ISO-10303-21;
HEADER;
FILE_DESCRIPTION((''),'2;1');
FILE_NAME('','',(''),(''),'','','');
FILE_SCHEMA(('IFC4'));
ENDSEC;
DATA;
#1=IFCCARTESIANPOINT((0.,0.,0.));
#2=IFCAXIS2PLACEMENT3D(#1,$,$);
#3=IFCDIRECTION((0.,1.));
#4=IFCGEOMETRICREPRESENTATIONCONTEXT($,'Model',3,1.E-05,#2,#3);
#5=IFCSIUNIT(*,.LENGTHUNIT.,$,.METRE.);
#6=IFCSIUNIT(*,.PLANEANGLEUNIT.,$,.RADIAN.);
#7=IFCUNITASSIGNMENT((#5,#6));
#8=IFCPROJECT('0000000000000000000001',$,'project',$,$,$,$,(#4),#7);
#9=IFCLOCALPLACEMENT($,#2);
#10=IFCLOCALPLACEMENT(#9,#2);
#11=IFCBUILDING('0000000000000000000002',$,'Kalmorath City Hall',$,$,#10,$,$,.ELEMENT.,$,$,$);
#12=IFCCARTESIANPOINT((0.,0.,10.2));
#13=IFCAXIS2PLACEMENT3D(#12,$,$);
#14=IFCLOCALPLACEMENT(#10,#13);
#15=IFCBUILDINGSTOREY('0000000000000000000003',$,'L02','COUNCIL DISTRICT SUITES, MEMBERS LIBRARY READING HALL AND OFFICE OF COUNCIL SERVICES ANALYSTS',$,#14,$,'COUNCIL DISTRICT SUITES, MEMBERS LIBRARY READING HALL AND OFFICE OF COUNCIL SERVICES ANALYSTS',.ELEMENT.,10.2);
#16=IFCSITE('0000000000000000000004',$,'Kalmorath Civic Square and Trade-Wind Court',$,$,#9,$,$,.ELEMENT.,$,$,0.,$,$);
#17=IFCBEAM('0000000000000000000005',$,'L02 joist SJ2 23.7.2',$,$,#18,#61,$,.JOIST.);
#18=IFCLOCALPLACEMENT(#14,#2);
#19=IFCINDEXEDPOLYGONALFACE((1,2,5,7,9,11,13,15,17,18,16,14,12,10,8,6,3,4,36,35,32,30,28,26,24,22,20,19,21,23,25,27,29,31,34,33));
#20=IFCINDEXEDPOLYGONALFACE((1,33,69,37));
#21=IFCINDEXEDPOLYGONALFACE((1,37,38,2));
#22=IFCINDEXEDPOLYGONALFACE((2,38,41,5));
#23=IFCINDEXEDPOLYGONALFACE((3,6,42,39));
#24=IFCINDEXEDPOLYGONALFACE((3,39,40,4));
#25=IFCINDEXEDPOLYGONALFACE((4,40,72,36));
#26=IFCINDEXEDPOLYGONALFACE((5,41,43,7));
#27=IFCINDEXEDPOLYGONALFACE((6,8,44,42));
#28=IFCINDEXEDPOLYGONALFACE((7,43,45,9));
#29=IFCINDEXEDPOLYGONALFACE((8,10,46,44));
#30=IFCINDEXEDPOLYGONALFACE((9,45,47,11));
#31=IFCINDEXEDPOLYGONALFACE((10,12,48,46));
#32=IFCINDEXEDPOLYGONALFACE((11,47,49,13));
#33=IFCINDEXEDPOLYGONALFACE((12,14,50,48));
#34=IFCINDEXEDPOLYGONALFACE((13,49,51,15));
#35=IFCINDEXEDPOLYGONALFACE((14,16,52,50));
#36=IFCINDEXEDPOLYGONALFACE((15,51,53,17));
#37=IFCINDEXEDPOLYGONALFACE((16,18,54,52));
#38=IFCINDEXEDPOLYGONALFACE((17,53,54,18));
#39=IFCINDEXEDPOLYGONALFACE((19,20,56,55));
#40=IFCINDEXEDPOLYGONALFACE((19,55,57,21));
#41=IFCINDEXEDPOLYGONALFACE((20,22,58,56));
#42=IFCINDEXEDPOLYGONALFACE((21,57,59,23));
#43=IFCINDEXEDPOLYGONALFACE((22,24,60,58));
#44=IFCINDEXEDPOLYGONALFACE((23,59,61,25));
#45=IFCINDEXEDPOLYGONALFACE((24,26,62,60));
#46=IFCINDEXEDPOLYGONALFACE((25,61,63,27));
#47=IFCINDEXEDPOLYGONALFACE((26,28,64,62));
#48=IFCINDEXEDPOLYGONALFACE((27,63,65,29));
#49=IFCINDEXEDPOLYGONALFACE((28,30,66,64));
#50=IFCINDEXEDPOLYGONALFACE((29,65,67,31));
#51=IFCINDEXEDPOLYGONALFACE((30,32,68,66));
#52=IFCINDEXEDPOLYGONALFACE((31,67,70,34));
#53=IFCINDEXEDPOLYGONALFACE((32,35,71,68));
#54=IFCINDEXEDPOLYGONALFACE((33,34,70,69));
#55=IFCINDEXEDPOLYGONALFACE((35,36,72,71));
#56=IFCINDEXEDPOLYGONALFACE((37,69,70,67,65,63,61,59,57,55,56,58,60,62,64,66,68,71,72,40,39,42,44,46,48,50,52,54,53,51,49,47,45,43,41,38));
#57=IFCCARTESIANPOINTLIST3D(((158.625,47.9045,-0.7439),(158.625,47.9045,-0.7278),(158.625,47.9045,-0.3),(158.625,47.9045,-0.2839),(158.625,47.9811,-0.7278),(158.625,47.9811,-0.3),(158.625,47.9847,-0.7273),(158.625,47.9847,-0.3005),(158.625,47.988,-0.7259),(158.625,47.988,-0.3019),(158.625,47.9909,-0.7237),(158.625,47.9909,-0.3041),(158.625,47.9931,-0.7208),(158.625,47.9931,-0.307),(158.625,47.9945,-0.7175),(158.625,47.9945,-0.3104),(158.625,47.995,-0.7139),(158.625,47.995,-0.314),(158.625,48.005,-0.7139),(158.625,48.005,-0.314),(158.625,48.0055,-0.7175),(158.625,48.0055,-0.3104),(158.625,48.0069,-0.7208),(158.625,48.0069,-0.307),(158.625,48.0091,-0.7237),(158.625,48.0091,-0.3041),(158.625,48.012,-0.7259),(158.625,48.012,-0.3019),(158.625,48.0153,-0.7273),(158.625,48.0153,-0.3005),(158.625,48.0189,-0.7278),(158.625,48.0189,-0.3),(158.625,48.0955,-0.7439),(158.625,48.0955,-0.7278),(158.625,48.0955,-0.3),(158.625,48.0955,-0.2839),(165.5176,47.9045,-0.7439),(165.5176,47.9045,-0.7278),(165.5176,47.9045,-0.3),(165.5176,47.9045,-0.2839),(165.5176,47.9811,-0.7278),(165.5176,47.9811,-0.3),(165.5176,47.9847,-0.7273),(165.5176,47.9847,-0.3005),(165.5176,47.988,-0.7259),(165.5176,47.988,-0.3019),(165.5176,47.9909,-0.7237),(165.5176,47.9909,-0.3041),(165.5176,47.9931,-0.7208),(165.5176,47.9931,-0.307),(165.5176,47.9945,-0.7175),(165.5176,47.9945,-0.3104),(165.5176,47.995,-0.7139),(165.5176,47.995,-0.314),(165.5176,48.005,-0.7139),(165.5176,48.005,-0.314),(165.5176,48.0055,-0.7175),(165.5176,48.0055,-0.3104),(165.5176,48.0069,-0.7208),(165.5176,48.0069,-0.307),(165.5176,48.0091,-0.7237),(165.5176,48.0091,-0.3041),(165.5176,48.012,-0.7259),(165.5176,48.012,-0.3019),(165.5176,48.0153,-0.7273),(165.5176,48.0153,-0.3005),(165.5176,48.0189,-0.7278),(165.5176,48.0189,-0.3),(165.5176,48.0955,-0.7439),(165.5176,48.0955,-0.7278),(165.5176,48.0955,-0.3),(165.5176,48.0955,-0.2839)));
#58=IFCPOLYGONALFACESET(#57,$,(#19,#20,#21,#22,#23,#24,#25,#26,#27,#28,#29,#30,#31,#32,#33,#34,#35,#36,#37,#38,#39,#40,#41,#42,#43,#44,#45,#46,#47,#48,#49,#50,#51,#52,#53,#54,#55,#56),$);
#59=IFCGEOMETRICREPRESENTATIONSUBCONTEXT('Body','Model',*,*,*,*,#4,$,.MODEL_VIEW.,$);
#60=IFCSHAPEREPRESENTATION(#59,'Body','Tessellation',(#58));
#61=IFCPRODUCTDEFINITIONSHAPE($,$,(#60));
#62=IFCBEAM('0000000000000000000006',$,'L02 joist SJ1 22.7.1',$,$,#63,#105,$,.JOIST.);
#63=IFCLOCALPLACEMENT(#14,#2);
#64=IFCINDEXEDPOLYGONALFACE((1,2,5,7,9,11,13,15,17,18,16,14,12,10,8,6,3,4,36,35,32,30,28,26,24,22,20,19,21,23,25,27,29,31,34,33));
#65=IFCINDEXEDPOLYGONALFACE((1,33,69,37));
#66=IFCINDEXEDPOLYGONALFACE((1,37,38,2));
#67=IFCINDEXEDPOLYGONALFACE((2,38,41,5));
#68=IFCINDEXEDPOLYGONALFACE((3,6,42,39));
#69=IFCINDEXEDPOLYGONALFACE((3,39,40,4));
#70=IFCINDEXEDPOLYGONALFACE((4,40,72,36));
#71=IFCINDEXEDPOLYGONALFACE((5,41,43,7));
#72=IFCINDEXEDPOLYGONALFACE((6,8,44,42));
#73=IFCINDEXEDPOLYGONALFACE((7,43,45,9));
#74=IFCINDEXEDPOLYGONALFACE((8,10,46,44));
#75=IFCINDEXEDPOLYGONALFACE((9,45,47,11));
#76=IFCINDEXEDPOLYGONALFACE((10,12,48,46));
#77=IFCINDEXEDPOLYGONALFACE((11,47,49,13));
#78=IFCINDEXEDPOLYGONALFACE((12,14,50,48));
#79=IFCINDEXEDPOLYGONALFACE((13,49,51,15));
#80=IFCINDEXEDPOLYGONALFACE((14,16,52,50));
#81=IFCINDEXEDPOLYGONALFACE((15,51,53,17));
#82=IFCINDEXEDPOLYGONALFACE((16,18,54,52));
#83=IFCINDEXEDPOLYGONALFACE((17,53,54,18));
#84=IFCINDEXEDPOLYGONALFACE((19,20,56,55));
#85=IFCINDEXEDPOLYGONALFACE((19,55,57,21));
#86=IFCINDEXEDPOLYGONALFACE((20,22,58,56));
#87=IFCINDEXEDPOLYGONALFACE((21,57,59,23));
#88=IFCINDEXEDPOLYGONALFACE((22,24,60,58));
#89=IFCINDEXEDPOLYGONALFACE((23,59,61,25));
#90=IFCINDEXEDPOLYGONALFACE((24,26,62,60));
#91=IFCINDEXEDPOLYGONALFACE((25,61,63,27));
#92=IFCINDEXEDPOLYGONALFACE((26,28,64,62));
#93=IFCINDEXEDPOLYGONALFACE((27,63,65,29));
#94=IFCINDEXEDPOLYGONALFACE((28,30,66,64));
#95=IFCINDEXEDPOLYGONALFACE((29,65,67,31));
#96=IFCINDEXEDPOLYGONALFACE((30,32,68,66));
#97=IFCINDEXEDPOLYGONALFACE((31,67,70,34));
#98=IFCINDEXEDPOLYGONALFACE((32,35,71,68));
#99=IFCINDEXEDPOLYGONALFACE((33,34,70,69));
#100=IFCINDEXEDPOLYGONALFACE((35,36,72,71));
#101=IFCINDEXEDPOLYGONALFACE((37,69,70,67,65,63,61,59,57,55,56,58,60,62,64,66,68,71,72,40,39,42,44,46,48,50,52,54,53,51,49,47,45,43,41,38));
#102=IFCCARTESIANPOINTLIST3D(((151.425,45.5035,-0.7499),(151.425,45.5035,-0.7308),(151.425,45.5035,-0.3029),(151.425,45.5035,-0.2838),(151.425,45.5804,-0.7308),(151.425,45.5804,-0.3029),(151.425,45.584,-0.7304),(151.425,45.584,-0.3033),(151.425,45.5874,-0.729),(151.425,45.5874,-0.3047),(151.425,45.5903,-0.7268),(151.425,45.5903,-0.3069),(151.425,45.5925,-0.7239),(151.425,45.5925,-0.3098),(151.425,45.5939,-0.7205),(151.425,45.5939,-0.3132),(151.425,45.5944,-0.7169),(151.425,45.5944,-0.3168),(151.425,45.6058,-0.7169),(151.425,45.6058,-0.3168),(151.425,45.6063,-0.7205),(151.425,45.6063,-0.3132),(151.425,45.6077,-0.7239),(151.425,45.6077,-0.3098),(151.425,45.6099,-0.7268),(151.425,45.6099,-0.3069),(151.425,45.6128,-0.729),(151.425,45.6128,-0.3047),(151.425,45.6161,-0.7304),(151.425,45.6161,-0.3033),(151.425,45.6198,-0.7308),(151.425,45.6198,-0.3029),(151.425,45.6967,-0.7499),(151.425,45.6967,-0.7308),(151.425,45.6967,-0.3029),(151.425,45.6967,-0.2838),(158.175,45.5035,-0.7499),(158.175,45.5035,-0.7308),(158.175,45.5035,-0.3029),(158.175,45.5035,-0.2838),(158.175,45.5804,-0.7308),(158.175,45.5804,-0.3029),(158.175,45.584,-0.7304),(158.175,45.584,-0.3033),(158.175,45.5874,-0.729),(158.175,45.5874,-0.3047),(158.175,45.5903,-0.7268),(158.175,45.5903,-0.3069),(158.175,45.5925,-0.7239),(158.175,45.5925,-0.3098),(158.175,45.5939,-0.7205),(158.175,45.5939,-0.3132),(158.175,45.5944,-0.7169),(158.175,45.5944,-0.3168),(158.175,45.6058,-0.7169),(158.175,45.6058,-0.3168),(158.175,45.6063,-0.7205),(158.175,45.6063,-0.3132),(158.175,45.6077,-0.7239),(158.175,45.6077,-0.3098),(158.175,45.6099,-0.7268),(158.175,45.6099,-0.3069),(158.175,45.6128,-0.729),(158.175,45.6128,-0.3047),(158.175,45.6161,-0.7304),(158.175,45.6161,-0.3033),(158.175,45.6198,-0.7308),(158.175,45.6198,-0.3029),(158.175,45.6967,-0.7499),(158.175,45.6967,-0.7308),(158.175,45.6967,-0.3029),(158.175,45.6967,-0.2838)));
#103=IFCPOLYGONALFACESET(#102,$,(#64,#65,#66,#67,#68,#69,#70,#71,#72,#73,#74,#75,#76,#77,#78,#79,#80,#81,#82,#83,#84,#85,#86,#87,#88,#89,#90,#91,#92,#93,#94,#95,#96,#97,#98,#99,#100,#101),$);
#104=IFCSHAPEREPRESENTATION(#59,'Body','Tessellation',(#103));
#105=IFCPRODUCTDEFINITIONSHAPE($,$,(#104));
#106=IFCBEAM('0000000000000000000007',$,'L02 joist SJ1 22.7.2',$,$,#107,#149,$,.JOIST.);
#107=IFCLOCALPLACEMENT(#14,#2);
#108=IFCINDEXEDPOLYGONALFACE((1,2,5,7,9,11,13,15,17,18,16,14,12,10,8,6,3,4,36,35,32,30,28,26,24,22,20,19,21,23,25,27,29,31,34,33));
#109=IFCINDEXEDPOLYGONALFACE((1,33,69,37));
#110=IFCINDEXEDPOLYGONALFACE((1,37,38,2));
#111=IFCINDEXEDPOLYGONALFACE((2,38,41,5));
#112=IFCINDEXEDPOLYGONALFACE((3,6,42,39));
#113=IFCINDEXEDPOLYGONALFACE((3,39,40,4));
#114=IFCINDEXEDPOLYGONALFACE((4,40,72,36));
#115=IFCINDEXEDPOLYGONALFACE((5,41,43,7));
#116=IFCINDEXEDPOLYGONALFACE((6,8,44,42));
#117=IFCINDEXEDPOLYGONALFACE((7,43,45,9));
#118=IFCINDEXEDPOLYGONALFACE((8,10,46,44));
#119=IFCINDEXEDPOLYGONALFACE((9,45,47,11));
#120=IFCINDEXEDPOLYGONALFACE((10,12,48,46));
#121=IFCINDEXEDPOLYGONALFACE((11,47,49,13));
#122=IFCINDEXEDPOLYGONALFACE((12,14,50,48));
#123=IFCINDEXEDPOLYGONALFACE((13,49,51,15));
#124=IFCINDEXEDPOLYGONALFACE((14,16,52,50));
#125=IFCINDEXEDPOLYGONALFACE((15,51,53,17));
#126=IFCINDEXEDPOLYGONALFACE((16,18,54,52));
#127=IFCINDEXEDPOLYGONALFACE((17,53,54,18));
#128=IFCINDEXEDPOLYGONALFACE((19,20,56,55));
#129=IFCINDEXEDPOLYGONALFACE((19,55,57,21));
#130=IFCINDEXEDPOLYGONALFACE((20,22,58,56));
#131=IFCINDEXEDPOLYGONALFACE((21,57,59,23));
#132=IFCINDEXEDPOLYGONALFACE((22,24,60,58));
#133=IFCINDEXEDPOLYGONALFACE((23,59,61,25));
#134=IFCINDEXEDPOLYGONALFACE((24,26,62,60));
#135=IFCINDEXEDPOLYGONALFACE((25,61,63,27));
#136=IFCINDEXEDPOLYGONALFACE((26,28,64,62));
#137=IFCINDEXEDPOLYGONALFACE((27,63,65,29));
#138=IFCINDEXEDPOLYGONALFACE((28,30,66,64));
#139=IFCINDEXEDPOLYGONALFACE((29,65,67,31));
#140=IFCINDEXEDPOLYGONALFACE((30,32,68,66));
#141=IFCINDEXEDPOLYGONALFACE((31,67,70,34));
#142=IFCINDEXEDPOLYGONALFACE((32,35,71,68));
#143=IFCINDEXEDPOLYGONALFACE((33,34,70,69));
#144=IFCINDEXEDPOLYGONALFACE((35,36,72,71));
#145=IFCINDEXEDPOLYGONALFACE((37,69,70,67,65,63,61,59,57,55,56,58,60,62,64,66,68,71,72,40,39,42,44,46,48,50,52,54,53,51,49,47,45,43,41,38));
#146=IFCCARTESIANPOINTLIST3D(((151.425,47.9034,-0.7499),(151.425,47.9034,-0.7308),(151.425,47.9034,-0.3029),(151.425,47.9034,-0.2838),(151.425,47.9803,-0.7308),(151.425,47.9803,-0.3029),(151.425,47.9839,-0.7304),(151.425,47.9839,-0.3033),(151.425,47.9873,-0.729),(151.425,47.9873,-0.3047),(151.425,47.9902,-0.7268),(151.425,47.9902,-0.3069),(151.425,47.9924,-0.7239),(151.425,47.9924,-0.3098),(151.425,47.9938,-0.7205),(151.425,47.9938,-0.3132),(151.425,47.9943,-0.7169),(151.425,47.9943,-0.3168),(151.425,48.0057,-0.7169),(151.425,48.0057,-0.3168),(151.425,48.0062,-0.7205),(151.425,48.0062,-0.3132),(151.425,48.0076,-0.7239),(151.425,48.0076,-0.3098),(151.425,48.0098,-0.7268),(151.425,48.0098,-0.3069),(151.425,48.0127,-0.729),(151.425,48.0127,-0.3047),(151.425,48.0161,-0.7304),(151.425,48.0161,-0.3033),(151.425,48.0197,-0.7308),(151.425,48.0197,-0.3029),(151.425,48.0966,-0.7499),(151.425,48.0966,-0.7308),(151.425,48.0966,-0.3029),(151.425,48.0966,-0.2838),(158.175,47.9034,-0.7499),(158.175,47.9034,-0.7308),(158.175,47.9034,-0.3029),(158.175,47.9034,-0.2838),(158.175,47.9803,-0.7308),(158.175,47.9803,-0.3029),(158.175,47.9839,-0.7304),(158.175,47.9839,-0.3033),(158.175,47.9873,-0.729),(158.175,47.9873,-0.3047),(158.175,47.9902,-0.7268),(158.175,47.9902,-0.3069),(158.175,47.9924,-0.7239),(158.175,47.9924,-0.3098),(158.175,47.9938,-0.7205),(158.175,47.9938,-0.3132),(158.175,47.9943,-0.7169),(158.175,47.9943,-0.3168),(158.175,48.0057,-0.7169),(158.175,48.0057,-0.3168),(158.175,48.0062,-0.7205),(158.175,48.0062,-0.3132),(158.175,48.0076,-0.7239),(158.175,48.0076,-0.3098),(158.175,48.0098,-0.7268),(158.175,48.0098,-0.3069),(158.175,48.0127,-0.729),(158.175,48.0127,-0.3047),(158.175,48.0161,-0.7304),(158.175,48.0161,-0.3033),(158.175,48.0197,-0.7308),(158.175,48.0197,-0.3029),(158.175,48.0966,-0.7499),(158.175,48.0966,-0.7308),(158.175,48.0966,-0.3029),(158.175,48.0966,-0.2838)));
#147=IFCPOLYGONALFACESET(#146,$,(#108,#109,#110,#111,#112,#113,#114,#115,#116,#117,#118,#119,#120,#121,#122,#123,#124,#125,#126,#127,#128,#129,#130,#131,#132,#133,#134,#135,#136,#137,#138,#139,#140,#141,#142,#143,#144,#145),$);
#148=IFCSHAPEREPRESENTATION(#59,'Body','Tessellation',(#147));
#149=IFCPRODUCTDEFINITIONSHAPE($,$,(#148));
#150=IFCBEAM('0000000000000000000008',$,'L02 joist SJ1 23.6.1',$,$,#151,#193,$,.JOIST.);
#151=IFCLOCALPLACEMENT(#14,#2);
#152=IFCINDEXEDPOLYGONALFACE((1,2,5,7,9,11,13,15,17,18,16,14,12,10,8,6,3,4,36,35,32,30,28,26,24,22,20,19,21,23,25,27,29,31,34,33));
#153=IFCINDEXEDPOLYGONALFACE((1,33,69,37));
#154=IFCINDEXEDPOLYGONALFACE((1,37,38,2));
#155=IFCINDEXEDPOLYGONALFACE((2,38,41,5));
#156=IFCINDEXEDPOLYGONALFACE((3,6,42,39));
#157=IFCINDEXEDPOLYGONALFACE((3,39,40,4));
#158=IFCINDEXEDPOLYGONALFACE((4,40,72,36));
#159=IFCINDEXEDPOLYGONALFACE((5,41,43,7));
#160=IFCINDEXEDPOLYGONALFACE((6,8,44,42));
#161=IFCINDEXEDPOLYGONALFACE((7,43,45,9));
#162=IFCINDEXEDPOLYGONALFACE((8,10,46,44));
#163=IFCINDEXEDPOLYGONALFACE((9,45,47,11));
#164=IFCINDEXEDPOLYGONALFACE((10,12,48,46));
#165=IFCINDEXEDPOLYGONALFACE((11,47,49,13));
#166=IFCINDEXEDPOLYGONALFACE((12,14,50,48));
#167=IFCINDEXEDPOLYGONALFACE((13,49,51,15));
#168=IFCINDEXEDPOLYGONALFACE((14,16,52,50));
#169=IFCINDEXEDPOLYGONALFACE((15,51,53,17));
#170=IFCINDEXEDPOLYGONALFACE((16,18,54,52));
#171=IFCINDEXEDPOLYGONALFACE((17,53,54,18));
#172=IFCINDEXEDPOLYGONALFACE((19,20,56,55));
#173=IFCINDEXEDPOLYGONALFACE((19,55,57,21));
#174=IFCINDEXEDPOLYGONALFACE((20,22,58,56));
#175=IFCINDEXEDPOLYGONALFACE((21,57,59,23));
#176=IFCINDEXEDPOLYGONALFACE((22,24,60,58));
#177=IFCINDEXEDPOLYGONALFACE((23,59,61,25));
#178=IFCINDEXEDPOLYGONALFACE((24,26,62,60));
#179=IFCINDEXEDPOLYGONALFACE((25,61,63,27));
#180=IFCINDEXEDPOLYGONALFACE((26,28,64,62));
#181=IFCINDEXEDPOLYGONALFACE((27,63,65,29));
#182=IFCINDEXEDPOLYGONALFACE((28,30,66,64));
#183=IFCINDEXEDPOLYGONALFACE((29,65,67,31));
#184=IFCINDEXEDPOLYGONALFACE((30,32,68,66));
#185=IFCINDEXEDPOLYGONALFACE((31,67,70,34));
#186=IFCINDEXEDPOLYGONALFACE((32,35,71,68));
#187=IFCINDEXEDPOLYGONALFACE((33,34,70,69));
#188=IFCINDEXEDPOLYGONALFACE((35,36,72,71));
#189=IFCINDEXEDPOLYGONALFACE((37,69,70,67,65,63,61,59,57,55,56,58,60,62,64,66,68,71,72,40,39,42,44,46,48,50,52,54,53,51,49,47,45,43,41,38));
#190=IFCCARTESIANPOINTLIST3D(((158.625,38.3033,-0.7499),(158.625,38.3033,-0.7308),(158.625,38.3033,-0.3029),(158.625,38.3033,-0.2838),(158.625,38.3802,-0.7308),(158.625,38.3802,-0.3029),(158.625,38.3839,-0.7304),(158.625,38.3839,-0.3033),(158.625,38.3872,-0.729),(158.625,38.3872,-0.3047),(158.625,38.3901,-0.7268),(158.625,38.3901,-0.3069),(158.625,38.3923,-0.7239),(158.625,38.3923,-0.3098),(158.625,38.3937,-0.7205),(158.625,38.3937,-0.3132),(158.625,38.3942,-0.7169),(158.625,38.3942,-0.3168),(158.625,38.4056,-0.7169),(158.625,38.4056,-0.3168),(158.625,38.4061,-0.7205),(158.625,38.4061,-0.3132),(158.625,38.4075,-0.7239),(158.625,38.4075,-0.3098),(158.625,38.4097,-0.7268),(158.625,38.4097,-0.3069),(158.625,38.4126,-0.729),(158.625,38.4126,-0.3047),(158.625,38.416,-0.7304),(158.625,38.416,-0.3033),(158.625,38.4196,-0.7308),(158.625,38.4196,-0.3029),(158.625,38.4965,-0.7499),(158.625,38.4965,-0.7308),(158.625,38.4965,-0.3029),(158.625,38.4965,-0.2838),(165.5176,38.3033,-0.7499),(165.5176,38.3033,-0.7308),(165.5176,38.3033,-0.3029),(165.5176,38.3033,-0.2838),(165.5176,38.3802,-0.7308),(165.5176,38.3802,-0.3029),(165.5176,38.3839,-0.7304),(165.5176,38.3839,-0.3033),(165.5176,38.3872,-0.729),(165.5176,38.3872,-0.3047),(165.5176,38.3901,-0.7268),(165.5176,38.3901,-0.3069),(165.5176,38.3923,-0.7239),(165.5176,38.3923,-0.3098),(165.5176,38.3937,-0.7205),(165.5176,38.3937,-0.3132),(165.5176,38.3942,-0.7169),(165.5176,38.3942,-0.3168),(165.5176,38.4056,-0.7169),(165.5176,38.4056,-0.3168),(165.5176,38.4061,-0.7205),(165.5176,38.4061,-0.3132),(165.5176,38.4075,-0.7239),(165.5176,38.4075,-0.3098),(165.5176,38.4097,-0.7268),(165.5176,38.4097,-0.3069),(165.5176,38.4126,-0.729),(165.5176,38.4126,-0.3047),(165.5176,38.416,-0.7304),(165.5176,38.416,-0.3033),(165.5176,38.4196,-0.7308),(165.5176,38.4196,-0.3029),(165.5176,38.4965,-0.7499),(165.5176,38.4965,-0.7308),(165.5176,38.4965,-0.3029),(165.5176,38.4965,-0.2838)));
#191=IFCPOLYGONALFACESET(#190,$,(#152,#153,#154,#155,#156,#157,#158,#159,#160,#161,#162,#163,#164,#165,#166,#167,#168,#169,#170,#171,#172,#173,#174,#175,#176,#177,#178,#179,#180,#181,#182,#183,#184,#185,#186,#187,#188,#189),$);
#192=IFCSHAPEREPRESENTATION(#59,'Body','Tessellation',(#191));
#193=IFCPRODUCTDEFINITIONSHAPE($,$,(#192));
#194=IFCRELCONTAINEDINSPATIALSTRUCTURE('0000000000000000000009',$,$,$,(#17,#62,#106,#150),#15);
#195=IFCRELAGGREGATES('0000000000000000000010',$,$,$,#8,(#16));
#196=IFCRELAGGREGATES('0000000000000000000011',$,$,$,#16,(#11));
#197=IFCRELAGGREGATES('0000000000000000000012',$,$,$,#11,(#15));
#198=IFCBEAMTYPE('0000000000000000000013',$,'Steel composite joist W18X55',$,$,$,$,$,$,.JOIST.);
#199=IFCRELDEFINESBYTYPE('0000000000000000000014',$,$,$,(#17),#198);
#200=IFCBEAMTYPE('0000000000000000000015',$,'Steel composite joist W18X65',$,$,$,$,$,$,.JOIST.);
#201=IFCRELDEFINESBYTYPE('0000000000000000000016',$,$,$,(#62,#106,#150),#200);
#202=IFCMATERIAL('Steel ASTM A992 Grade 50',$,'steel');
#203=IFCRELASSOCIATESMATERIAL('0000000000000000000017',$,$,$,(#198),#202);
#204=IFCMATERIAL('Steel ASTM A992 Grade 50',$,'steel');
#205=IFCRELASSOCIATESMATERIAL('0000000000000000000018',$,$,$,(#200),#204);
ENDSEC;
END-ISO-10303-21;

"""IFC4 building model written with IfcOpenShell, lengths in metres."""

from ifc_helpers import new_model, si_unit, direction, frame, origin, origin_2d, place, context, subcontext, project, spatial, i_section, extrude, material, material_profile, profile_set, type_object, element, save


model = new_model("IFC4")

# Units and contexts
model_context = context("Model", 3, precision=1e-05, world=origin(), true_north=direction((0.0, 1.0)))
body_context = subcontext(model_context, "Body", "Model", "MODEL_VIEW")
ifc_project = project(units=[si_unit("LENGTHUNIT", "METRE"), si_unit("PLANEANGLEUNIT", "RADIAN")], contexts=[model_context])

# Site, building, storey
site_placement = place(None, origin())
site = spatial("IfcSite", under=ifc_project, at=site_placement, Name="Kalmorath Civic Square and Trade-Wind Court", CompositionType="ELEMENT", RefElevation=0.0)
building_placement = place(site_placement, origin())
building = spatial("IfcBuilding", under=site, at=building_placement, Name="Kalmorath City Hall", CompositionType="ELEMENT")
storey_placement = place(building_placement, frame((0.0, 0.0, 10.2)))
storey = spatial("IfcBuildingStorey", under=building, at=storey_placement, Name="L02", Description="COUNCIL DISTRICT SUITES, MEMBERS LIBRARY READING HALL AND OFFICE OF COUNCIL SERVICES ANALYSTS", LongName="COUNCIL DISTRICT SUITES, MEMBERS LIBRARY READING HALL AND OFFICE OF COUNCIL SERVICES ANALYSTS", CompositionType="ELEMENT", Elevation=10.2)

# Beams
ifc_material_1 = material(Name="Steel ASTM A992 Grade 50", Category="steel")
ifc_material_profile_1 = material_profile(ifc_material_1, i_section(OverallWidth=0.1909, OverallDepth=0.46, WebThickness=0.01, FlangeThickness=0.0161, FilletRadius=0.0139, at=origin_2d()), Name="W18X55")
ifc_profile_set_1 = profile_set([ifc_material_profile_1], Name="Steel ASTM A992 Grade 50")
beam_type_1 = type_object("IfcBeamType", Name="Steel composite joist W18X55", PredefinedType="JOIST", material=ifc_profile_set_1)
for number, where, z_axis, x_axis, name in (
    (1, (158.625, 48.0, -0.5139), (1.0, 0.0, 0.0), (0.0, 1.0, 0.0), "L02 joist SJ2 23.7.2"),
):
    element("IfcBeam", number, at=place(storey_placement, frame(where, z_axis=z_axis, x_axis=x_axis)), inside=storey, type_object=beam_type_1, Name=name, PredefinedType="JOIST", context=body_context, shape_type="SweptSolid", body=[
        extrude(i_section(OverallWidth=0.1909, OverallDepth=0.46, WebThickness=0.01, FlangeThickness=0.0161, FilletRadius=0.0139, at=origin_2d()), origin(), (0.0, 0.0, 1.0), 6.8926),
    ])
ifc_material_2 = material(Name="Steel ASTM A992 Grade 50", Category="steel")
ifc_material_profile_2 = material_profile(ifc_material_2, i_section(OverallWidth=0.1931, OverallDepth=0.4661, WebThickness=0.0115, FlangeThickness=0.019, FilletRadius=0.0139, at=origin_2d()), Name="W18X65")
ifc_profile_set_2 = profile_set([ifc_material_profile_2], Name="Steel ASTM A992 Grade 50")
beam_type_2 = type_object("IfcBeamType", Name="Steel composite joist W18X65", PredefinedType="JOIST", material=ifc_profile_set_2)
for number, where, z_axis, x_axis, name in (
    (2, (151.425, 45.6001, -0.5168), (1.0, 0.0, 0.0), (0.0, 1.0, 0.0), "L02 joist SJ1 22.7.1"),
    (3, (151.425, 48.0, -0.5168), (1.0, 0.0, 0.0), (0.0, 1.0, 0.0), "L02 joist SJ1 22.7.2"),
):
    element("IfcBeam", number, at=place(storey_placement, frame(where, z_axis=z_axis, x_axis=x_axis)), inside=storey, type_object=beam_type_2, Name=name, PredefinedType="JOIST", context=body_context, shape_type="SweptSolid", body=[
        extrude(i_section(OverallWidth=0.1931, OverallDepth=0.4661, WebThickness=0.0115, FlangeThickness=0.019, FilletRadius=0.0139, at=origin_2d()), origin(), (0.0, 0.0, 1.0), 6.75),
    ])
for number, where, z_axis, x_axis, name in (
    (4, (158.625, 38.3999, -0.5168), (1.0, 0.0, 0.0), (0.0, 1.0, 0.0), "L02 joist SJ1 23.6.1"),
):
    element("IfcBeam", number, at=place(storey_placement, frame(where, z_axis=z_axis, x_axis=x_axis)), inside=storey, type_object=beam_type_2, Name=name, PredefinedType="JOIST", context=body_context, shape_type="SweptSolid", body=[
        extrude(i_section(OverallWidth=0.1931, OverallDepth=0.4661, WebThickness=0.0115, FlangeThickness=0.019, FilletRadius=0.0139, at=origin_2d()), origin(), (0.0, 0.0, 1.0), 6.8926),
    ])

save(model, "model.ifc")
